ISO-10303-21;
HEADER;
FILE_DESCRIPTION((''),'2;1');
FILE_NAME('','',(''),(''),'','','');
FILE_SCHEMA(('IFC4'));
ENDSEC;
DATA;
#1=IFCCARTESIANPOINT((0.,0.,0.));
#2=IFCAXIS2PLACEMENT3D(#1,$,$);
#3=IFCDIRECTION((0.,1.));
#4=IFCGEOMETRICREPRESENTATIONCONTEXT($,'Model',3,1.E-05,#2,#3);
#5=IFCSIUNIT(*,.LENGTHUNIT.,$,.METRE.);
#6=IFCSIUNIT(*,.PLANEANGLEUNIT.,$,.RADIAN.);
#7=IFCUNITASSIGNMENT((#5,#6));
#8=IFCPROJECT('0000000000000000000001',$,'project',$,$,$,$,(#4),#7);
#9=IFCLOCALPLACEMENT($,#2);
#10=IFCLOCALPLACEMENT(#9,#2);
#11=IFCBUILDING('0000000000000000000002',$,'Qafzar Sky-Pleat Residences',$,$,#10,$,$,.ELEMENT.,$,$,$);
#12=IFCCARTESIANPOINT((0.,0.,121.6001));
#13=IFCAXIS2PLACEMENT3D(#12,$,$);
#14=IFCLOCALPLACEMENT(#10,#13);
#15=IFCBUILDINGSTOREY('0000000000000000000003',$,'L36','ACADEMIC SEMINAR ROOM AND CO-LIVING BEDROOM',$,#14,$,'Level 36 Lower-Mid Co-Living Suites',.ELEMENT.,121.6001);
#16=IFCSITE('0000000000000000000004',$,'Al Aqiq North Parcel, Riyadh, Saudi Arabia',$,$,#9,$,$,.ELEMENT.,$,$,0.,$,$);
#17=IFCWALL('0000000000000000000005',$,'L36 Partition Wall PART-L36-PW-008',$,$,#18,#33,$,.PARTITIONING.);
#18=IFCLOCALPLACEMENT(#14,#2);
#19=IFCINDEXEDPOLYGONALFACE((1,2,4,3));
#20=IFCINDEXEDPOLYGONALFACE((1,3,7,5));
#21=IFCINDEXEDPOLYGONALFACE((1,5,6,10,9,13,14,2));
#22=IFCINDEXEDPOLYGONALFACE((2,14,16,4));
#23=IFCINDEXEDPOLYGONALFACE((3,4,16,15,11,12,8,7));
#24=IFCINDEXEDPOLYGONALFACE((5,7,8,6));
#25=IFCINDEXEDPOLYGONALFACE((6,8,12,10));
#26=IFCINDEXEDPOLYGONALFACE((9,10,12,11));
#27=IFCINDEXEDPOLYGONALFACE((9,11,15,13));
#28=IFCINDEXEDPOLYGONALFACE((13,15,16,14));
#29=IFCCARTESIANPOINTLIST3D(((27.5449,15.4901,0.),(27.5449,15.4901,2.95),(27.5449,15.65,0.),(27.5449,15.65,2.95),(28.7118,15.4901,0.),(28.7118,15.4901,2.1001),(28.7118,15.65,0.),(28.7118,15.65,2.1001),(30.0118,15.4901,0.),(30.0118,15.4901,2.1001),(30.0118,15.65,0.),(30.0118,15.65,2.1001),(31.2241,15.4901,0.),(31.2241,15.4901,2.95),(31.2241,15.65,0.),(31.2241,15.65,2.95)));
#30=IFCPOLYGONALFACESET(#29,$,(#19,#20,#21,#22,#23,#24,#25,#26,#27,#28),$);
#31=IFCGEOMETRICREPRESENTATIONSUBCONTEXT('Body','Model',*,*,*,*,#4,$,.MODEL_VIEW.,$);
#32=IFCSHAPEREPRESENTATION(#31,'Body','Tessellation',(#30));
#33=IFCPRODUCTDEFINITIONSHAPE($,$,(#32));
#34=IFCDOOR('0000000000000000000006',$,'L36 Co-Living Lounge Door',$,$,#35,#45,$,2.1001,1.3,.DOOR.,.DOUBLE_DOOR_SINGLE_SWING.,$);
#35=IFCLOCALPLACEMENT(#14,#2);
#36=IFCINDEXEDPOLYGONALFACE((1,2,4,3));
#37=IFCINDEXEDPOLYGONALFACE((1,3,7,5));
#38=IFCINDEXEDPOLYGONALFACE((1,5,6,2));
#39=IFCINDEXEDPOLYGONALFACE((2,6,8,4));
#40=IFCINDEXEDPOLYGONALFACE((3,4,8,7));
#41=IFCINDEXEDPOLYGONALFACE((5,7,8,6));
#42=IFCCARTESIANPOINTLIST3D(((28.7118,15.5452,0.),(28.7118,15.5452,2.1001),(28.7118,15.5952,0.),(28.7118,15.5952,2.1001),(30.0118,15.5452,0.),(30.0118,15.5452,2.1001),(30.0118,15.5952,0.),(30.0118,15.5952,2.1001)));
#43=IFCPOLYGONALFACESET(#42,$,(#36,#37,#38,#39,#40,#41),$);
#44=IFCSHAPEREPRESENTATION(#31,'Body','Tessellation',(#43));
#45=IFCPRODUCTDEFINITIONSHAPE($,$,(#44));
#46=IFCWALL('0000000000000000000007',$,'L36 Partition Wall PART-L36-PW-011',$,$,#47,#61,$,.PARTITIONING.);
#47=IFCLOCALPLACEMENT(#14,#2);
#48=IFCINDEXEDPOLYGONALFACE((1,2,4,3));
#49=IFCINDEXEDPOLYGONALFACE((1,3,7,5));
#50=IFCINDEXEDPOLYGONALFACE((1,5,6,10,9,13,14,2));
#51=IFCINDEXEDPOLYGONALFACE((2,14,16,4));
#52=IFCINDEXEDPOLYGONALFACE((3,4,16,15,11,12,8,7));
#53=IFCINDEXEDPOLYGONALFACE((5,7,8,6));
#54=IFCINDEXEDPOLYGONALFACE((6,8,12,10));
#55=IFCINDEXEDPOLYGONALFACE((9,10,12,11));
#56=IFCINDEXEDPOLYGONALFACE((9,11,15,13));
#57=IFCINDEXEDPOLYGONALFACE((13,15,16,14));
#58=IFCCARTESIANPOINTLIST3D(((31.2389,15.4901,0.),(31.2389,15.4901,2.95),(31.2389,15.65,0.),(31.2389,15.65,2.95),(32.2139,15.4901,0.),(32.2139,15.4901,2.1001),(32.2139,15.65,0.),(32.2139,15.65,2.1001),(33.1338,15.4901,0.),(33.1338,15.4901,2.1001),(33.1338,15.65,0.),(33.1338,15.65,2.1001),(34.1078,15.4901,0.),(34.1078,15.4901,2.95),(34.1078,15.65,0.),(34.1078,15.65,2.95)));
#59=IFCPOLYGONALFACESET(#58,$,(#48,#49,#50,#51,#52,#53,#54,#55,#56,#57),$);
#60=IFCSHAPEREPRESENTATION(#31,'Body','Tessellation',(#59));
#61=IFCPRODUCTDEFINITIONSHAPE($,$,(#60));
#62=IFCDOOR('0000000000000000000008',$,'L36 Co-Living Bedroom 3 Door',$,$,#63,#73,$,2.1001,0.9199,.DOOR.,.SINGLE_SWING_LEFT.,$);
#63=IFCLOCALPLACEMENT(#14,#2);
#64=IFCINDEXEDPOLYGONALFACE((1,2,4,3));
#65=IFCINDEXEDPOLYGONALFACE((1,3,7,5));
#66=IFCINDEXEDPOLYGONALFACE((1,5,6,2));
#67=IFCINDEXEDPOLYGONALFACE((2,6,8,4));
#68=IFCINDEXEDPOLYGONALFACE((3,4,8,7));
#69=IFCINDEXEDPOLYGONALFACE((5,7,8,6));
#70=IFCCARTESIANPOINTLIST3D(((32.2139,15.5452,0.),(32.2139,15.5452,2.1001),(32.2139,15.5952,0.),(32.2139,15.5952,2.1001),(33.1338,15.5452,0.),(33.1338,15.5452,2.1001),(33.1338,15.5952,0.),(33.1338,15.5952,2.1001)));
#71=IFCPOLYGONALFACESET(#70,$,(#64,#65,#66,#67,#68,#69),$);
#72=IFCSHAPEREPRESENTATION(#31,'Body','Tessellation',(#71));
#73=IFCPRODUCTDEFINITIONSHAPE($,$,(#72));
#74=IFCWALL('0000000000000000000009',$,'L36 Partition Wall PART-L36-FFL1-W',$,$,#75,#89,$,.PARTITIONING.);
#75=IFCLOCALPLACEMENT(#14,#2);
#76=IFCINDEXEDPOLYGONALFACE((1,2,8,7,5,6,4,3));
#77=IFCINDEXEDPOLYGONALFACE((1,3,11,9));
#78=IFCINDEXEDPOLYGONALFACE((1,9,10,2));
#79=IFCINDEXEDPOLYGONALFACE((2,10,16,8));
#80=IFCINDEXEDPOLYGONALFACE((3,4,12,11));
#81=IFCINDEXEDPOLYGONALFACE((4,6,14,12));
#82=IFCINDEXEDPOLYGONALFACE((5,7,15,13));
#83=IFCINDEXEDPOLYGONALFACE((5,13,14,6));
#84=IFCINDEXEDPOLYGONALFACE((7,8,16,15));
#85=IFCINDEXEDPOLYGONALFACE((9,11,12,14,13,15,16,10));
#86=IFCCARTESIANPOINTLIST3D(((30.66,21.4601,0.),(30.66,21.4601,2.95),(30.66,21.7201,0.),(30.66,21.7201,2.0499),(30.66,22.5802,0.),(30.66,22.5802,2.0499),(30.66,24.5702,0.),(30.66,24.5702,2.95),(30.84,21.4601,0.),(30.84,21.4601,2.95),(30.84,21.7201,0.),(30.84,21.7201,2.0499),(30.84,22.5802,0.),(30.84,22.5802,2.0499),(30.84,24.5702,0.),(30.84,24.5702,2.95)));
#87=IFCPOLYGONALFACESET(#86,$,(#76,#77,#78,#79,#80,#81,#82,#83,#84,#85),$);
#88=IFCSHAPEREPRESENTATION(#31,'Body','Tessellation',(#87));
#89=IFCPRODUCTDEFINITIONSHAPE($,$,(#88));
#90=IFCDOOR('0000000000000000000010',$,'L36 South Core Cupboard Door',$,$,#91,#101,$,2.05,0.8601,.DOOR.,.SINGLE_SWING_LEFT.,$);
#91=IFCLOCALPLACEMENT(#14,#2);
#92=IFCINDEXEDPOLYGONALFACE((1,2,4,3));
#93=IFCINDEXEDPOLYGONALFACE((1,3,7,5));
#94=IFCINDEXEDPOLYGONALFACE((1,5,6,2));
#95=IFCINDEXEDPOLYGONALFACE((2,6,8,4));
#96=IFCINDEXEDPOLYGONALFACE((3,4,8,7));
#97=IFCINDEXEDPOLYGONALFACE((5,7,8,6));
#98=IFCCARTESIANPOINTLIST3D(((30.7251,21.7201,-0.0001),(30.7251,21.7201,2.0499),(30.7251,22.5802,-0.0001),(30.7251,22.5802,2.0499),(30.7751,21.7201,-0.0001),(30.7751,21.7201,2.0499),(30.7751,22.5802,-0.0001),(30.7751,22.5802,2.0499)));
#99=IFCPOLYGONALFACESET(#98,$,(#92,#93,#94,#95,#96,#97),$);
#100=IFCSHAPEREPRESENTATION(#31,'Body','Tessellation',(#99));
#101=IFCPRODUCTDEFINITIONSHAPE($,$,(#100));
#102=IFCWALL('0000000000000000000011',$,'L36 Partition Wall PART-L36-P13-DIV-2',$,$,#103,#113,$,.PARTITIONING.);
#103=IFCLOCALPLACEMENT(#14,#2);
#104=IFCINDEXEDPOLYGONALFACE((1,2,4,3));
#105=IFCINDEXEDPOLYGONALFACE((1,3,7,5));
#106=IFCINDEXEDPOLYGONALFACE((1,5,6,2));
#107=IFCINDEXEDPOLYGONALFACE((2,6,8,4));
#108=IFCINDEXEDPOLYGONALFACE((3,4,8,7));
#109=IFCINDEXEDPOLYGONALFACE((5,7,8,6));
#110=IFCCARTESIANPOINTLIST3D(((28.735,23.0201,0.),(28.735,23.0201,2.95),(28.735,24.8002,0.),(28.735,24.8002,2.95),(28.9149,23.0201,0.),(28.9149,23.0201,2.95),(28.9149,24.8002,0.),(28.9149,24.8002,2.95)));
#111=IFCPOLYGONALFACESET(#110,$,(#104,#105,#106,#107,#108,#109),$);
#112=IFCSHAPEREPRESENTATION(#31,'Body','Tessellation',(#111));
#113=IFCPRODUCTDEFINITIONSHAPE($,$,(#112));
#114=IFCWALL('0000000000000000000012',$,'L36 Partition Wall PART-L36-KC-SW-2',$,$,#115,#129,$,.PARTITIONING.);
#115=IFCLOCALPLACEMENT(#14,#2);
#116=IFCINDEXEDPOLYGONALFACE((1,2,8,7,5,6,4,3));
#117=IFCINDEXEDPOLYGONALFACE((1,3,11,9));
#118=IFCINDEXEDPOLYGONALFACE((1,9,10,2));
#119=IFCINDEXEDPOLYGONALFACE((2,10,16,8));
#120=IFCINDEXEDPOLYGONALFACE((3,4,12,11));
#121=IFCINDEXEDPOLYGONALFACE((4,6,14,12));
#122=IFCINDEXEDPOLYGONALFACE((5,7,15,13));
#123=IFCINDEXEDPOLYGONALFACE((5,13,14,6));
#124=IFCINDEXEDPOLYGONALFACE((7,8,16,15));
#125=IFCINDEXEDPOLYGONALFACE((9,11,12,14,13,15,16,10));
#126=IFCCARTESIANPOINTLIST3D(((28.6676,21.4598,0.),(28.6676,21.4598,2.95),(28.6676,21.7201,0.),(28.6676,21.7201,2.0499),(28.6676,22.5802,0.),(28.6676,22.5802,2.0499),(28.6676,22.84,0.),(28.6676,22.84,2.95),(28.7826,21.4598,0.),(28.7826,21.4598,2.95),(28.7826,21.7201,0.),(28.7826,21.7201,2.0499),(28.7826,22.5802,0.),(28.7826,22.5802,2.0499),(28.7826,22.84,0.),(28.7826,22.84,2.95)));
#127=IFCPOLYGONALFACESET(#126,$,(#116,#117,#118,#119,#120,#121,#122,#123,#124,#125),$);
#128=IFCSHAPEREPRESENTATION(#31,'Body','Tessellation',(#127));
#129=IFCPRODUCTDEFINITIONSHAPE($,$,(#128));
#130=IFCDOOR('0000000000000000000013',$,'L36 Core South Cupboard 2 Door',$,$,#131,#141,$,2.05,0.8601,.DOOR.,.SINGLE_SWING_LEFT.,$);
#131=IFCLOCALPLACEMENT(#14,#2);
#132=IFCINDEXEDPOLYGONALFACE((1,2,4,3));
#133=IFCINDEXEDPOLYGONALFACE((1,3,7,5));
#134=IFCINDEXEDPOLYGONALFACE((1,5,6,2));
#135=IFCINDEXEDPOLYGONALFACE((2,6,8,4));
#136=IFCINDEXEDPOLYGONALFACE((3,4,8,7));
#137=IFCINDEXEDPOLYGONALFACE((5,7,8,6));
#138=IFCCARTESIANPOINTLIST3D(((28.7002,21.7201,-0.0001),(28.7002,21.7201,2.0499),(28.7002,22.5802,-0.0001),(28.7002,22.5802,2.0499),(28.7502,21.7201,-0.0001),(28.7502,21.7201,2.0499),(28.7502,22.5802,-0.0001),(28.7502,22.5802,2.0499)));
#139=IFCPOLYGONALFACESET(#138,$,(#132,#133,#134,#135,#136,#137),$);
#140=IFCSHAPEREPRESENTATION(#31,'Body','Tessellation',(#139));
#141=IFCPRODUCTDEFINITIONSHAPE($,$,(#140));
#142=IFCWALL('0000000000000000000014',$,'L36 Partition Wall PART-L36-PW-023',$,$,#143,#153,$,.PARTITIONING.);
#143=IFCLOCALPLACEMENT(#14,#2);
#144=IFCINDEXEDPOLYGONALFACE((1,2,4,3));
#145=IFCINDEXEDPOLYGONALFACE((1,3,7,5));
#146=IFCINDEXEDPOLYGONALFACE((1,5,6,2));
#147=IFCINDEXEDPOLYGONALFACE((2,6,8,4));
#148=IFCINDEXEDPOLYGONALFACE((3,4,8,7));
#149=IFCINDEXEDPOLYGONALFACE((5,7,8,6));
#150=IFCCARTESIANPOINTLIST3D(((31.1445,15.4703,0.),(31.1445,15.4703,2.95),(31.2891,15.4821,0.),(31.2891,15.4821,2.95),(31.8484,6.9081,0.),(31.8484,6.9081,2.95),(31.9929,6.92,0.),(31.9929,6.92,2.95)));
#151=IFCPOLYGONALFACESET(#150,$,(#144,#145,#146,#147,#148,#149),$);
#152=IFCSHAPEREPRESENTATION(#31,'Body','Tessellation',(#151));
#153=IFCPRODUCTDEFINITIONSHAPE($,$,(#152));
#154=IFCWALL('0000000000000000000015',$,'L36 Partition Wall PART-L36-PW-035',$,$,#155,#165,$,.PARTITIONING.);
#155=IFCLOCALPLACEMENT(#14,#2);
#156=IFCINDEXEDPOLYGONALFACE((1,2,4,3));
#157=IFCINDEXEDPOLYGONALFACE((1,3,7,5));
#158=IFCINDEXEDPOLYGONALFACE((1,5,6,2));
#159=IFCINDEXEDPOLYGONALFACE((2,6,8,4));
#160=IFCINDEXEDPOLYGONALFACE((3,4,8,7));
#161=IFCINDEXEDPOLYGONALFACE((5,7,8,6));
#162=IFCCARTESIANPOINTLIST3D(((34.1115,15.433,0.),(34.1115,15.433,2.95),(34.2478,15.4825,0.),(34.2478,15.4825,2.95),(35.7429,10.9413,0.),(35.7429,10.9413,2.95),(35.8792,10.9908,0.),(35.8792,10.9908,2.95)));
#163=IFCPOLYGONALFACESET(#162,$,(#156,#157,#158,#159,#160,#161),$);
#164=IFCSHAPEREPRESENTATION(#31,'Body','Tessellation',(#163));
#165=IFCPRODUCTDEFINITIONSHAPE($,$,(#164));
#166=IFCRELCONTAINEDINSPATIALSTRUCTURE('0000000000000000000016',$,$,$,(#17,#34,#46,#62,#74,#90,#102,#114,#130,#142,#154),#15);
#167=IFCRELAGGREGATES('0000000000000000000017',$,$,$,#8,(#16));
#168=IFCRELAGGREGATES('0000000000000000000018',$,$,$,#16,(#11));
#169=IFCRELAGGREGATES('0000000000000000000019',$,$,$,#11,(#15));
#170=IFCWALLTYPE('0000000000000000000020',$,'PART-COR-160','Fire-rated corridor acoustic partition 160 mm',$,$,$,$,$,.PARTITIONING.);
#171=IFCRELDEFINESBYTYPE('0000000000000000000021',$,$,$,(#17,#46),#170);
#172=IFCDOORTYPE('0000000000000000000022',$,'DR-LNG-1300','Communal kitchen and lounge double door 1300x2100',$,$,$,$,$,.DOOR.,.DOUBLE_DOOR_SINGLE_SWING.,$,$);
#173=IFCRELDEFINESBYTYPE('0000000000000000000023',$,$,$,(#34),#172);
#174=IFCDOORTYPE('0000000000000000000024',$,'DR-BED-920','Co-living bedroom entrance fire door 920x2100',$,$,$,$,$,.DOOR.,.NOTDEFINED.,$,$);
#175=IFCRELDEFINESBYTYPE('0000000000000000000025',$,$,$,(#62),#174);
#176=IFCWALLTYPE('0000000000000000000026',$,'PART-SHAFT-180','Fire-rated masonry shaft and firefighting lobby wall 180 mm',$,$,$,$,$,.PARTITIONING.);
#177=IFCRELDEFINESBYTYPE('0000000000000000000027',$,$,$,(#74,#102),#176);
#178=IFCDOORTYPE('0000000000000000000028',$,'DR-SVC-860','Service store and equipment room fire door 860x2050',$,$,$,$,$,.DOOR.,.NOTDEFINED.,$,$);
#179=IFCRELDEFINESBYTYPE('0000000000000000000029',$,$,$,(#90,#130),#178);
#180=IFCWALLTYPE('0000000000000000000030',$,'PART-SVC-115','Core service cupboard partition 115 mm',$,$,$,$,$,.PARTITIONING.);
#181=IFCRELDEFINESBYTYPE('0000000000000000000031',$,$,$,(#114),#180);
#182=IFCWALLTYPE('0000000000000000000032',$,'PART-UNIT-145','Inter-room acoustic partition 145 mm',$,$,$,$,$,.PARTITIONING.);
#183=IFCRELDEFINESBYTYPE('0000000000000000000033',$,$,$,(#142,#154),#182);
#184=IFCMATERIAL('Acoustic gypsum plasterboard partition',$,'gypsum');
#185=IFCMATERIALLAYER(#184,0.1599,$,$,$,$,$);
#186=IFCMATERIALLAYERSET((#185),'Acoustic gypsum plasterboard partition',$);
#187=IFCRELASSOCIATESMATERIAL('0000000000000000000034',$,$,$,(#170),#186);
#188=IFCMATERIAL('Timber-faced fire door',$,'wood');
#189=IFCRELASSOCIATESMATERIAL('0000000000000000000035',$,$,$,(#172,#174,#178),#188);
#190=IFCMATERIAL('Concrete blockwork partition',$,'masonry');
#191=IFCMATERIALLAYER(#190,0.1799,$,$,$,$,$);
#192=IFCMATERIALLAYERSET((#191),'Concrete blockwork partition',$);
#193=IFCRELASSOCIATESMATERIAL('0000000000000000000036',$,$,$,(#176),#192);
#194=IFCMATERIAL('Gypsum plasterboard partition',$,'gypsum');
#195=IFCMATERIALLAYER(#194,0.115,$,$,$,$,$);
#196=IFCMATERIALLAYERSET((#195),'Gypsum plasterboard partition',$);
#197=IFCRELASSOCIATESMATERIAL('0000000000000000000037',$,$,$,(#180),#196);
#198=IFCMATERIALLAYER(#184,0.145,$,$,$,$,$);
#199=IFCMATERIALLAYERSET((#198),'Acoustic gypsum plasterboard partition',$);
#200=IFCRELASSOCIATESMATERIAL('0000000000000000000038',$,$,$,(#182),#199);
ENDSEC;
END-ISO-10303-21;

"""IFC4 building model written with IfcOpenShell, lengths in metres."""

from ifc_helpers import new_model, si_unit, direction, frame, frame_2d, origin, place, context, subcontext, project, spatial, rectangle, extrude, source, transform, mapped, material, layer, layer_set, type_object, element, fill, save


model = new_model("IFC4")

# Units and contexts
model_context = context("Model", 3, precision=1e-05, world=origin(), true_north=direction((0.0, 1.0)))
body_context = subcontext(model_context, "Body", "Model", "MODEL_VIEW")
ifc_project = project(units=[si_unit("LENGTHUNIT", "METRE"), si_unit("PLANEANGLEUNIT", "RADIAN")], contexts=[model_context])

# Site, building, storey
site_placement = place(None, origin())
site = spatial("IfcSite", under=ifc_project, at=site_placement, Name="Al Aqiq North Parcel, Riyadh, Saudi Arabia", CompositionType="ELEMENT", RefElevation=0.0)
building_placement = place(site_placement, origin())
building = spatial("IfcBuilding", under=site, at=building_placement, Name="Qafzar Sky-Pleat Residences", CompositionType="ELEMENT")
storey_placement = place(building_placement, frame((0.0, 0.0, 121.6001)))
storey = spatial("IfcBuildingStorey", under=building, at=storey_placement, Name="L36", Description="ACADEMIC SEMINAR ROOM AND CO-LIVING BEDROOM", LongName="Level 36 Lower-Mid Co-Living Suites", CompositionType="ELEMENT", Elevation=121.6001)

# Walls, openings, doors
ifc_material_1 = material(Name="Acoustic gypsum plasterboard partition", Category="gypsum")
ifc_layer_1 = layer(ifc_material_1, 0.1599)
ifc_layer_set_1 = layer_set([ifc_layer_1], Name="Acoustic gypsum plasterboard partition")
wall_type_1 = type_object("IfcWallType", Name="PART-COR-160", Description="Fire-rated corridor acoustic partition 160 mm", PredefinedType="PARTITIONING", material=ifc_layer_set_1)
wall_1_placement = place(storey_placement, frame((31.2241, 15.5701, 0.0), z_axis=(0.0, 0.0, 1.0), x_axis=(-1.0, 0.0, 0.0)))
wall_1 = element("IfcWall", 1, at=wall_1_placement, inside=storey, type_object=wall_type_1, Name="L36 Partition Wall PART-L36-PW-008", PredefinedType="PARTITIONING", context=body_context, shape_type="SweptSolid", body=[
    extrude(rectangle(XDim=3.6792, YDim=0.1599, at=frame_2d((1.8396, 0.0))), origin(), (0.0, 0.0, 1.0), 2.95),
])
opening_1_placement = place(wall_1_placement, frame((1.2124, 0.0, 0.0)))
opening_1 = element("IfcOpeningElement", 2, at=opening_1_placement, cuts=wall_1, PredefinedType="OPENING", context=body_context, shape_type="SweptSolid", body=[
    extrude(rectangle(XDim=1.3, YDim=2.1001, at=frame_2d((0.6499, 1.05))), frame((0.0, 0.0898, 0.0), z_axis=(0.0, -1.0, 0.0), x_axis=(1.0, 0.0, 0.0)), (0.0, 0.0, 1.0), 0.1799),
])
ifc_material_2 = material(Name="Timber-faced fire door", Category="wood")
door_type_1 = type_object("IfcDoorType", Name="DR-LNG-1300", Description="Communal kitchen and lounge double door 1300x2100", OperationType="DOUBLE_DOOR_SINGLE_SWING", PredefinedType="DOOR", material=ifc_material_2)
shared_shape_1 = source(origin(), body_context, "Body", "SweptSolid", [
    extrude(rectangle(XDim=1.3, YDim=2.1001, at=frame_2d((0.6499, 1.05))), frame((0.0, 0.0249, 0.0), z_axis=(0.0, -1.0, 0.0), x_axis=(1.0, 0.0, 0.0)), (0.0, 0.0, 1.0), 0.05),
])
door_1_placement = place(opening_1_placement, origin())
door_1 = element("IfcDoor", 3, at=door_1_placement, inside=storey, type_object=door_type_1, Name="L36 Co-Living Lounge Door", OperationType="DOUBLE_DOOR_SINGLE_SWING", OverallHeight=2.1001, OverallWidth=1.3, PredefinedType="DOOR", context=body_context, shape_type="MappedRepresentation", body=[
    mapped(shared_shape_1, transform((0.0, 0.0, 0.0), x_axis=(1.0, 0.0, 0.0), y_axis=(0.0, 1.0, 0.0), z_axis=(0.0, 0.0, 1.0), scale=1.0)),
])
fill(opening_1, door_1)
wall_2_placement = place(storey_placement, frame((34.1079, 15.5701, 0.0), z_axis=(0.0, 0.0, 1.0), x_axis=(-1.0, 0.0, 0.0)))
wall_2 = element("IfcWall", 4, at=wall_2_placement, inside=storey, type_object=wall_type_1, Name="L36 Partition Wall PART-L36-PW-011", PredefinedType="PARTITIONING", context=body_context, shape_type="SweptSolid", body=[
    extrude(rectangle(XDim=2.8689, YDim=0.1599, at=frame_2d((1.4346, 0.0))), origin(), (0.0, 0.0, 1.0), 2.95),
])
opening_2_placement = place(wall_2_placement, frame((0.9741, 0.0, 0.0)))
opening_2 = element("IfcOpeningElement", 5, at=opening_2_placement, cuts=wall_2, PredefinedType="OPENING", context=body_context, shape_type="SweptSolid", body=[
    extrude(rectangle(XDim=0.9199, YDim=2.1001, at=frame_2d((0.46, 1.05))), frame((0.0, 0.0898, 0.0), z_axis=(0.0, -1.0, 0.0), x_axis=(1.0, 0.0, 0.0)), (0.0, 0.0, 1.0), 0.1799),
])
door_type_2 = type_object("IfcDoorType", Name="DR-BED-920", Description="Co-living bedroom entrance fire door 920x2100", OperationType="NOTDEFINED", PredefinedType="DOOR", material=ifc_material_2)
shared_shape_2 = source(origin(), body_context, "Body", "SweptSolid", [
    extrude(rectangle(XDim=0.9199, YDim=2.1001, at=frame_2d((0.46, 1.05))), frame((0.0, 0.0249, 0.0), z_axis=(0.0, -1.0, 0.0), x_axis=(1.0, 0.0, 0.0)), (0.0, 0.0, 1.0), 0.05),
])
door_2_placement = place(opening_2_placement, origin())
door_2 = element("IfcDoor", 6, at=door_2_placement, inside=storey, type_object=door_type_2, Name="L36 Co-Living Bedroom 3 Door", OperationType="SINGLE_SWING_LEFT", OverallHeight=2.1001, OverallWidth=0.9199, PredefinedType="DOOR", context=body_context, shape_type="MappedRepresentation", body=[
    mapped(shared_shape_2, transform((0.0, 0.0, 0.0), x_axis=(1.0, 0.0, 0.0), y_axis=(0.0, 1.0, 0.0), z_axis=(0.0, 0.0, 1.0), scale=1.0)),
])
fill(opening_2, door_2)
ifc_material_3 = material(Name="Concrete blockwork partition", Category="masonry")
ifc_layer_2 = layer(ifc_material_3, 0.1799)
ifc_layer_set_2 = layer_set([ifc_layer_2], Name="Concrete blockwork partition")
wall_type_2 = type_object("IfcWallType", Name="PART-SHAFT-180", Description="Fire-rated masonry shaft and firefighting lobby wall 180 mm", PredefinedType="PARTITIONING", material=ifc_layer_set_2)
wall_3_placement = place(storey_placement, frame((30.75, 21.46, 0.0), z_axis=(0.0, 0.0, 1.0), x_axis=(0.0, 1.0, 0.0)))
wall_3 = element("IfcWall", 7, at=wall_3_placement, inside=storey, type_object=wall_type_2, Name="L36 Partition Wall PART-L36-FFL1-W", PredefinedType="PARTITIONING", context=body_context, shape_type="SweptSolid", body=[
    extrude(rectangle(XDim=3.1101, YDim=0.1799, at=frame_2d((1.5552, 0.0))), origin(), (0.0, 0.0, 1.0), 2.95),
])
opening_3_placement = place(wall_3_placement, frame((0.26, 0.0, 0.0)))
opening_3 = element("IfcOpeningElement", 8, at=opening_3_placement, cuts=wall_3, PredefinedType="OPENING", context=body_context, shape_type="SweptSolid", body=[
    extrude(rectangle(XDim=0.8601, YDim=2.05, at=frame_2d((0.4302, 1.0249))), frame((0.0, 0.1001, 0.0), z_axis=(0.0, -1.0, 0.0), x_axis=(1.0, 0.0, 0.0)), (0.0, 0.0, 1.0), 0.2),
])
door_type_3 = type_object("IfcDoorType", Name="DR-SVC-860", Description="Service store and equipment room fire door 860x2050", OperationType="NOTDEFINED", PredefinedType="DOOR", material=ifc_material_2)
shared_shape_3 = source(origin(), body_context, "Body", "SweptSolid", [
    extrude(rectangle(XDim=0.8601, YDim=2.05, at=frame_2d((0.4302, 1.0249))), frame((0.0, 0.0249, 0.0), z_axis=(0.0, -1.0, 0.0), x_axis=(1.0, 0.0, 0.0)), (0.0, 0.0, 1.0), 0.05),
])
door_3_placement = place(opening_3_placement, origin())
door_3 = element("IfcDoor", 9, at=door_3_placement, inside=storey, type_object=door_type_3, Name="L36 South Core Cupboard Door", OperationType="SINGLE_SWING_LEFT", OverallHeight=2.05, OverallWidth=0.8601, PredefinedType="DOOR", context=body_context, shape_type="MappedRepresentation", body=[
    mapped(shared_shape_3, transform((0.0, 0.0, 0.0), x_axis=(1.0, 0.0, 0.0), y_axis=(0.0, 1.0, 0.0), z_axis=(0.0, 0.0, 1.0), scale=1.0)),
])
fill(opening_3, door_3)

# Wall
wall_4_placement = place(storey_placement, frame((28.825, 23.02, 0.0), z_axis=(0.0, 0.0, 1.0), x_axis=(0.0, 1.0, 0.0)))
element("IfcWall", 10, at=wall_4_placement, inside=storey, type_object=wall_type_2, Name="L36 Partition Wall PART-L36-P13-DIV-2", PredefinedType="PARTITIONING", context=body_context, shape_type="SweptSolid", body=[
    extrude(rectangle(XDim=1.78, YDim=0.1799, at=frame_2d((0.8901, 0.0))), origin(), (0.0, 0.0, 1.0), 2.95),
])

# Wall, opening, door
ifc_material_4 = material(Name="Gypsum plasterboard partition", Category="gypsum")
ifc_layer_3 = layer(ifc_material_4, 0.115)
ifc_layer_set_3 = layer_set([ifc_layer_3], Name="Gypsum plasterboard partition")
wall_type_3 = type_object("IfcWallType", Name="PART-SVC-115", Description="Core service cupboard partition 115 mm", PredefinedType="PARTITIONING", material=ifc_layer_set_3)
wall_5_placement = place(storey_placement, frame((28.7251, 21.46, 0.0), z_axis=(0.0, 0.0, 1.0), x_axis=(0.0, 1.0, 0.0)))
wall_5 = element("IfcWall", 11, at=wall_5_placement, inside=storey, type_object=wall_type_3, Name="L36 Partition Wall PART-L36-KC-SW-2", PredefinedType="PARTITIONING", context=body_context, shape_type="SweptSolid", body=[
    extrude(rectangle(XDim=1.3801, YDim=0.115, at=frame_2d((0.6899, 0.0))), origin(), (0.0, 0.0, 1.0), 2.95),
])
opening_4_placement = place(wall_5_placement, frame((0.26, 0.0, 0.0)))
opening_4 = element("IfcOpeningElement", 12, at=opening_4_placement, cuts=wall_5, PredefinedType="OPENING", context=body_context, shape_type="SweptSolid", body=[
    extrude(rectangle(XDim=0.8601, YDim=2.05, at=frame_2d((0.4302, 1.0249))), frame((0.0, 0.0674, 0.0), z_axis=(0.0, -1.0, 0.0), x_axis=(1.0, 0.0, 0.0)), (0.0, 0.0, 1.0), 0.135),
])
door_4_placement = place(opening_4_placement, origin())
door_4 = element("IfcDoor", 13, at=door_4_placement, inside=storey, type_object=door_type_3, Name="L36 Core South Cupboard 2 Door", OperationType="SINGLE_SWING_LEFT", OverallHeight=2.05, OverallWidth=0.8601, PredefinedType="DOOR", context=body_context, shape_type="MappedRepresentation", body=[
    mapped(shared_shape_3, transform((0.0, 0.0, 0.0), x_axis=(1.0, 0.0, 0.0), y_axis=(0.0, 1.0, 0.0), z_axis=(0.0, 0.0, 1.0), scale=1.0)),
])
fill(opening_4, door_4)

# Walls
ifc_layer_4 = layer(ifc_material_1, 0.145)
ifc_layer_set_4 = layer_set([ifc_layer_4], Name="Acoustic gypsum plasterboard partition")
wall_type_4 = type_object("IfcWallType", Name="PART-UNIT-145", Description="Inter-room acoustic partition 145 mm", PredefinedType="PARTITIONING", material=ifc_layer_set_4)
wall_6_placement = place(storey_placement, frame((31.2168, 15.4761, 0.0), z_axis=(0.0, 0.0, 1.0), x_axis=(0.081928, -0.996638, 0.0)))
element("IfcWall", 14, at=wall_6_placement, inside=storey, type_object=wall_type_4, Name="L36 Partition Wall PART-L36-PW-023", PredefinedType="PARTITIONING", context=body_context, shape_type="SweptSolid", body=[
    extrude(rectangle(XDim=8.5911, YDim=0.145, at=frame_2d((4.2954, 0.0))), origin(), (0.0, 0.0, 1.0), 2.95),
])
wall_7_placement = place(storey_placement, frame((34.1797, 15.4578, 0.0), z_axis=(0.0, 0.0, 1.0), x_axis=(0.341374, -0.939928, 0.0)))
element("IfcWall", 15, at=wall_7_placement, inside=storey, type_object=wall_type_4, Name="L36 Partition Wall PART-L36-PW-035", PredefinedType="PARTITIONING", context=body_context, shape_type="SweptSolid", body=[
    extrude(rectangle(XDim=4.7788, YDim=0.145, at=frame_2d((2.3894, 0.0))), origin(), (0.0, 0.0, 1.0), 2.95),
])

save(model, "model.ifc")
